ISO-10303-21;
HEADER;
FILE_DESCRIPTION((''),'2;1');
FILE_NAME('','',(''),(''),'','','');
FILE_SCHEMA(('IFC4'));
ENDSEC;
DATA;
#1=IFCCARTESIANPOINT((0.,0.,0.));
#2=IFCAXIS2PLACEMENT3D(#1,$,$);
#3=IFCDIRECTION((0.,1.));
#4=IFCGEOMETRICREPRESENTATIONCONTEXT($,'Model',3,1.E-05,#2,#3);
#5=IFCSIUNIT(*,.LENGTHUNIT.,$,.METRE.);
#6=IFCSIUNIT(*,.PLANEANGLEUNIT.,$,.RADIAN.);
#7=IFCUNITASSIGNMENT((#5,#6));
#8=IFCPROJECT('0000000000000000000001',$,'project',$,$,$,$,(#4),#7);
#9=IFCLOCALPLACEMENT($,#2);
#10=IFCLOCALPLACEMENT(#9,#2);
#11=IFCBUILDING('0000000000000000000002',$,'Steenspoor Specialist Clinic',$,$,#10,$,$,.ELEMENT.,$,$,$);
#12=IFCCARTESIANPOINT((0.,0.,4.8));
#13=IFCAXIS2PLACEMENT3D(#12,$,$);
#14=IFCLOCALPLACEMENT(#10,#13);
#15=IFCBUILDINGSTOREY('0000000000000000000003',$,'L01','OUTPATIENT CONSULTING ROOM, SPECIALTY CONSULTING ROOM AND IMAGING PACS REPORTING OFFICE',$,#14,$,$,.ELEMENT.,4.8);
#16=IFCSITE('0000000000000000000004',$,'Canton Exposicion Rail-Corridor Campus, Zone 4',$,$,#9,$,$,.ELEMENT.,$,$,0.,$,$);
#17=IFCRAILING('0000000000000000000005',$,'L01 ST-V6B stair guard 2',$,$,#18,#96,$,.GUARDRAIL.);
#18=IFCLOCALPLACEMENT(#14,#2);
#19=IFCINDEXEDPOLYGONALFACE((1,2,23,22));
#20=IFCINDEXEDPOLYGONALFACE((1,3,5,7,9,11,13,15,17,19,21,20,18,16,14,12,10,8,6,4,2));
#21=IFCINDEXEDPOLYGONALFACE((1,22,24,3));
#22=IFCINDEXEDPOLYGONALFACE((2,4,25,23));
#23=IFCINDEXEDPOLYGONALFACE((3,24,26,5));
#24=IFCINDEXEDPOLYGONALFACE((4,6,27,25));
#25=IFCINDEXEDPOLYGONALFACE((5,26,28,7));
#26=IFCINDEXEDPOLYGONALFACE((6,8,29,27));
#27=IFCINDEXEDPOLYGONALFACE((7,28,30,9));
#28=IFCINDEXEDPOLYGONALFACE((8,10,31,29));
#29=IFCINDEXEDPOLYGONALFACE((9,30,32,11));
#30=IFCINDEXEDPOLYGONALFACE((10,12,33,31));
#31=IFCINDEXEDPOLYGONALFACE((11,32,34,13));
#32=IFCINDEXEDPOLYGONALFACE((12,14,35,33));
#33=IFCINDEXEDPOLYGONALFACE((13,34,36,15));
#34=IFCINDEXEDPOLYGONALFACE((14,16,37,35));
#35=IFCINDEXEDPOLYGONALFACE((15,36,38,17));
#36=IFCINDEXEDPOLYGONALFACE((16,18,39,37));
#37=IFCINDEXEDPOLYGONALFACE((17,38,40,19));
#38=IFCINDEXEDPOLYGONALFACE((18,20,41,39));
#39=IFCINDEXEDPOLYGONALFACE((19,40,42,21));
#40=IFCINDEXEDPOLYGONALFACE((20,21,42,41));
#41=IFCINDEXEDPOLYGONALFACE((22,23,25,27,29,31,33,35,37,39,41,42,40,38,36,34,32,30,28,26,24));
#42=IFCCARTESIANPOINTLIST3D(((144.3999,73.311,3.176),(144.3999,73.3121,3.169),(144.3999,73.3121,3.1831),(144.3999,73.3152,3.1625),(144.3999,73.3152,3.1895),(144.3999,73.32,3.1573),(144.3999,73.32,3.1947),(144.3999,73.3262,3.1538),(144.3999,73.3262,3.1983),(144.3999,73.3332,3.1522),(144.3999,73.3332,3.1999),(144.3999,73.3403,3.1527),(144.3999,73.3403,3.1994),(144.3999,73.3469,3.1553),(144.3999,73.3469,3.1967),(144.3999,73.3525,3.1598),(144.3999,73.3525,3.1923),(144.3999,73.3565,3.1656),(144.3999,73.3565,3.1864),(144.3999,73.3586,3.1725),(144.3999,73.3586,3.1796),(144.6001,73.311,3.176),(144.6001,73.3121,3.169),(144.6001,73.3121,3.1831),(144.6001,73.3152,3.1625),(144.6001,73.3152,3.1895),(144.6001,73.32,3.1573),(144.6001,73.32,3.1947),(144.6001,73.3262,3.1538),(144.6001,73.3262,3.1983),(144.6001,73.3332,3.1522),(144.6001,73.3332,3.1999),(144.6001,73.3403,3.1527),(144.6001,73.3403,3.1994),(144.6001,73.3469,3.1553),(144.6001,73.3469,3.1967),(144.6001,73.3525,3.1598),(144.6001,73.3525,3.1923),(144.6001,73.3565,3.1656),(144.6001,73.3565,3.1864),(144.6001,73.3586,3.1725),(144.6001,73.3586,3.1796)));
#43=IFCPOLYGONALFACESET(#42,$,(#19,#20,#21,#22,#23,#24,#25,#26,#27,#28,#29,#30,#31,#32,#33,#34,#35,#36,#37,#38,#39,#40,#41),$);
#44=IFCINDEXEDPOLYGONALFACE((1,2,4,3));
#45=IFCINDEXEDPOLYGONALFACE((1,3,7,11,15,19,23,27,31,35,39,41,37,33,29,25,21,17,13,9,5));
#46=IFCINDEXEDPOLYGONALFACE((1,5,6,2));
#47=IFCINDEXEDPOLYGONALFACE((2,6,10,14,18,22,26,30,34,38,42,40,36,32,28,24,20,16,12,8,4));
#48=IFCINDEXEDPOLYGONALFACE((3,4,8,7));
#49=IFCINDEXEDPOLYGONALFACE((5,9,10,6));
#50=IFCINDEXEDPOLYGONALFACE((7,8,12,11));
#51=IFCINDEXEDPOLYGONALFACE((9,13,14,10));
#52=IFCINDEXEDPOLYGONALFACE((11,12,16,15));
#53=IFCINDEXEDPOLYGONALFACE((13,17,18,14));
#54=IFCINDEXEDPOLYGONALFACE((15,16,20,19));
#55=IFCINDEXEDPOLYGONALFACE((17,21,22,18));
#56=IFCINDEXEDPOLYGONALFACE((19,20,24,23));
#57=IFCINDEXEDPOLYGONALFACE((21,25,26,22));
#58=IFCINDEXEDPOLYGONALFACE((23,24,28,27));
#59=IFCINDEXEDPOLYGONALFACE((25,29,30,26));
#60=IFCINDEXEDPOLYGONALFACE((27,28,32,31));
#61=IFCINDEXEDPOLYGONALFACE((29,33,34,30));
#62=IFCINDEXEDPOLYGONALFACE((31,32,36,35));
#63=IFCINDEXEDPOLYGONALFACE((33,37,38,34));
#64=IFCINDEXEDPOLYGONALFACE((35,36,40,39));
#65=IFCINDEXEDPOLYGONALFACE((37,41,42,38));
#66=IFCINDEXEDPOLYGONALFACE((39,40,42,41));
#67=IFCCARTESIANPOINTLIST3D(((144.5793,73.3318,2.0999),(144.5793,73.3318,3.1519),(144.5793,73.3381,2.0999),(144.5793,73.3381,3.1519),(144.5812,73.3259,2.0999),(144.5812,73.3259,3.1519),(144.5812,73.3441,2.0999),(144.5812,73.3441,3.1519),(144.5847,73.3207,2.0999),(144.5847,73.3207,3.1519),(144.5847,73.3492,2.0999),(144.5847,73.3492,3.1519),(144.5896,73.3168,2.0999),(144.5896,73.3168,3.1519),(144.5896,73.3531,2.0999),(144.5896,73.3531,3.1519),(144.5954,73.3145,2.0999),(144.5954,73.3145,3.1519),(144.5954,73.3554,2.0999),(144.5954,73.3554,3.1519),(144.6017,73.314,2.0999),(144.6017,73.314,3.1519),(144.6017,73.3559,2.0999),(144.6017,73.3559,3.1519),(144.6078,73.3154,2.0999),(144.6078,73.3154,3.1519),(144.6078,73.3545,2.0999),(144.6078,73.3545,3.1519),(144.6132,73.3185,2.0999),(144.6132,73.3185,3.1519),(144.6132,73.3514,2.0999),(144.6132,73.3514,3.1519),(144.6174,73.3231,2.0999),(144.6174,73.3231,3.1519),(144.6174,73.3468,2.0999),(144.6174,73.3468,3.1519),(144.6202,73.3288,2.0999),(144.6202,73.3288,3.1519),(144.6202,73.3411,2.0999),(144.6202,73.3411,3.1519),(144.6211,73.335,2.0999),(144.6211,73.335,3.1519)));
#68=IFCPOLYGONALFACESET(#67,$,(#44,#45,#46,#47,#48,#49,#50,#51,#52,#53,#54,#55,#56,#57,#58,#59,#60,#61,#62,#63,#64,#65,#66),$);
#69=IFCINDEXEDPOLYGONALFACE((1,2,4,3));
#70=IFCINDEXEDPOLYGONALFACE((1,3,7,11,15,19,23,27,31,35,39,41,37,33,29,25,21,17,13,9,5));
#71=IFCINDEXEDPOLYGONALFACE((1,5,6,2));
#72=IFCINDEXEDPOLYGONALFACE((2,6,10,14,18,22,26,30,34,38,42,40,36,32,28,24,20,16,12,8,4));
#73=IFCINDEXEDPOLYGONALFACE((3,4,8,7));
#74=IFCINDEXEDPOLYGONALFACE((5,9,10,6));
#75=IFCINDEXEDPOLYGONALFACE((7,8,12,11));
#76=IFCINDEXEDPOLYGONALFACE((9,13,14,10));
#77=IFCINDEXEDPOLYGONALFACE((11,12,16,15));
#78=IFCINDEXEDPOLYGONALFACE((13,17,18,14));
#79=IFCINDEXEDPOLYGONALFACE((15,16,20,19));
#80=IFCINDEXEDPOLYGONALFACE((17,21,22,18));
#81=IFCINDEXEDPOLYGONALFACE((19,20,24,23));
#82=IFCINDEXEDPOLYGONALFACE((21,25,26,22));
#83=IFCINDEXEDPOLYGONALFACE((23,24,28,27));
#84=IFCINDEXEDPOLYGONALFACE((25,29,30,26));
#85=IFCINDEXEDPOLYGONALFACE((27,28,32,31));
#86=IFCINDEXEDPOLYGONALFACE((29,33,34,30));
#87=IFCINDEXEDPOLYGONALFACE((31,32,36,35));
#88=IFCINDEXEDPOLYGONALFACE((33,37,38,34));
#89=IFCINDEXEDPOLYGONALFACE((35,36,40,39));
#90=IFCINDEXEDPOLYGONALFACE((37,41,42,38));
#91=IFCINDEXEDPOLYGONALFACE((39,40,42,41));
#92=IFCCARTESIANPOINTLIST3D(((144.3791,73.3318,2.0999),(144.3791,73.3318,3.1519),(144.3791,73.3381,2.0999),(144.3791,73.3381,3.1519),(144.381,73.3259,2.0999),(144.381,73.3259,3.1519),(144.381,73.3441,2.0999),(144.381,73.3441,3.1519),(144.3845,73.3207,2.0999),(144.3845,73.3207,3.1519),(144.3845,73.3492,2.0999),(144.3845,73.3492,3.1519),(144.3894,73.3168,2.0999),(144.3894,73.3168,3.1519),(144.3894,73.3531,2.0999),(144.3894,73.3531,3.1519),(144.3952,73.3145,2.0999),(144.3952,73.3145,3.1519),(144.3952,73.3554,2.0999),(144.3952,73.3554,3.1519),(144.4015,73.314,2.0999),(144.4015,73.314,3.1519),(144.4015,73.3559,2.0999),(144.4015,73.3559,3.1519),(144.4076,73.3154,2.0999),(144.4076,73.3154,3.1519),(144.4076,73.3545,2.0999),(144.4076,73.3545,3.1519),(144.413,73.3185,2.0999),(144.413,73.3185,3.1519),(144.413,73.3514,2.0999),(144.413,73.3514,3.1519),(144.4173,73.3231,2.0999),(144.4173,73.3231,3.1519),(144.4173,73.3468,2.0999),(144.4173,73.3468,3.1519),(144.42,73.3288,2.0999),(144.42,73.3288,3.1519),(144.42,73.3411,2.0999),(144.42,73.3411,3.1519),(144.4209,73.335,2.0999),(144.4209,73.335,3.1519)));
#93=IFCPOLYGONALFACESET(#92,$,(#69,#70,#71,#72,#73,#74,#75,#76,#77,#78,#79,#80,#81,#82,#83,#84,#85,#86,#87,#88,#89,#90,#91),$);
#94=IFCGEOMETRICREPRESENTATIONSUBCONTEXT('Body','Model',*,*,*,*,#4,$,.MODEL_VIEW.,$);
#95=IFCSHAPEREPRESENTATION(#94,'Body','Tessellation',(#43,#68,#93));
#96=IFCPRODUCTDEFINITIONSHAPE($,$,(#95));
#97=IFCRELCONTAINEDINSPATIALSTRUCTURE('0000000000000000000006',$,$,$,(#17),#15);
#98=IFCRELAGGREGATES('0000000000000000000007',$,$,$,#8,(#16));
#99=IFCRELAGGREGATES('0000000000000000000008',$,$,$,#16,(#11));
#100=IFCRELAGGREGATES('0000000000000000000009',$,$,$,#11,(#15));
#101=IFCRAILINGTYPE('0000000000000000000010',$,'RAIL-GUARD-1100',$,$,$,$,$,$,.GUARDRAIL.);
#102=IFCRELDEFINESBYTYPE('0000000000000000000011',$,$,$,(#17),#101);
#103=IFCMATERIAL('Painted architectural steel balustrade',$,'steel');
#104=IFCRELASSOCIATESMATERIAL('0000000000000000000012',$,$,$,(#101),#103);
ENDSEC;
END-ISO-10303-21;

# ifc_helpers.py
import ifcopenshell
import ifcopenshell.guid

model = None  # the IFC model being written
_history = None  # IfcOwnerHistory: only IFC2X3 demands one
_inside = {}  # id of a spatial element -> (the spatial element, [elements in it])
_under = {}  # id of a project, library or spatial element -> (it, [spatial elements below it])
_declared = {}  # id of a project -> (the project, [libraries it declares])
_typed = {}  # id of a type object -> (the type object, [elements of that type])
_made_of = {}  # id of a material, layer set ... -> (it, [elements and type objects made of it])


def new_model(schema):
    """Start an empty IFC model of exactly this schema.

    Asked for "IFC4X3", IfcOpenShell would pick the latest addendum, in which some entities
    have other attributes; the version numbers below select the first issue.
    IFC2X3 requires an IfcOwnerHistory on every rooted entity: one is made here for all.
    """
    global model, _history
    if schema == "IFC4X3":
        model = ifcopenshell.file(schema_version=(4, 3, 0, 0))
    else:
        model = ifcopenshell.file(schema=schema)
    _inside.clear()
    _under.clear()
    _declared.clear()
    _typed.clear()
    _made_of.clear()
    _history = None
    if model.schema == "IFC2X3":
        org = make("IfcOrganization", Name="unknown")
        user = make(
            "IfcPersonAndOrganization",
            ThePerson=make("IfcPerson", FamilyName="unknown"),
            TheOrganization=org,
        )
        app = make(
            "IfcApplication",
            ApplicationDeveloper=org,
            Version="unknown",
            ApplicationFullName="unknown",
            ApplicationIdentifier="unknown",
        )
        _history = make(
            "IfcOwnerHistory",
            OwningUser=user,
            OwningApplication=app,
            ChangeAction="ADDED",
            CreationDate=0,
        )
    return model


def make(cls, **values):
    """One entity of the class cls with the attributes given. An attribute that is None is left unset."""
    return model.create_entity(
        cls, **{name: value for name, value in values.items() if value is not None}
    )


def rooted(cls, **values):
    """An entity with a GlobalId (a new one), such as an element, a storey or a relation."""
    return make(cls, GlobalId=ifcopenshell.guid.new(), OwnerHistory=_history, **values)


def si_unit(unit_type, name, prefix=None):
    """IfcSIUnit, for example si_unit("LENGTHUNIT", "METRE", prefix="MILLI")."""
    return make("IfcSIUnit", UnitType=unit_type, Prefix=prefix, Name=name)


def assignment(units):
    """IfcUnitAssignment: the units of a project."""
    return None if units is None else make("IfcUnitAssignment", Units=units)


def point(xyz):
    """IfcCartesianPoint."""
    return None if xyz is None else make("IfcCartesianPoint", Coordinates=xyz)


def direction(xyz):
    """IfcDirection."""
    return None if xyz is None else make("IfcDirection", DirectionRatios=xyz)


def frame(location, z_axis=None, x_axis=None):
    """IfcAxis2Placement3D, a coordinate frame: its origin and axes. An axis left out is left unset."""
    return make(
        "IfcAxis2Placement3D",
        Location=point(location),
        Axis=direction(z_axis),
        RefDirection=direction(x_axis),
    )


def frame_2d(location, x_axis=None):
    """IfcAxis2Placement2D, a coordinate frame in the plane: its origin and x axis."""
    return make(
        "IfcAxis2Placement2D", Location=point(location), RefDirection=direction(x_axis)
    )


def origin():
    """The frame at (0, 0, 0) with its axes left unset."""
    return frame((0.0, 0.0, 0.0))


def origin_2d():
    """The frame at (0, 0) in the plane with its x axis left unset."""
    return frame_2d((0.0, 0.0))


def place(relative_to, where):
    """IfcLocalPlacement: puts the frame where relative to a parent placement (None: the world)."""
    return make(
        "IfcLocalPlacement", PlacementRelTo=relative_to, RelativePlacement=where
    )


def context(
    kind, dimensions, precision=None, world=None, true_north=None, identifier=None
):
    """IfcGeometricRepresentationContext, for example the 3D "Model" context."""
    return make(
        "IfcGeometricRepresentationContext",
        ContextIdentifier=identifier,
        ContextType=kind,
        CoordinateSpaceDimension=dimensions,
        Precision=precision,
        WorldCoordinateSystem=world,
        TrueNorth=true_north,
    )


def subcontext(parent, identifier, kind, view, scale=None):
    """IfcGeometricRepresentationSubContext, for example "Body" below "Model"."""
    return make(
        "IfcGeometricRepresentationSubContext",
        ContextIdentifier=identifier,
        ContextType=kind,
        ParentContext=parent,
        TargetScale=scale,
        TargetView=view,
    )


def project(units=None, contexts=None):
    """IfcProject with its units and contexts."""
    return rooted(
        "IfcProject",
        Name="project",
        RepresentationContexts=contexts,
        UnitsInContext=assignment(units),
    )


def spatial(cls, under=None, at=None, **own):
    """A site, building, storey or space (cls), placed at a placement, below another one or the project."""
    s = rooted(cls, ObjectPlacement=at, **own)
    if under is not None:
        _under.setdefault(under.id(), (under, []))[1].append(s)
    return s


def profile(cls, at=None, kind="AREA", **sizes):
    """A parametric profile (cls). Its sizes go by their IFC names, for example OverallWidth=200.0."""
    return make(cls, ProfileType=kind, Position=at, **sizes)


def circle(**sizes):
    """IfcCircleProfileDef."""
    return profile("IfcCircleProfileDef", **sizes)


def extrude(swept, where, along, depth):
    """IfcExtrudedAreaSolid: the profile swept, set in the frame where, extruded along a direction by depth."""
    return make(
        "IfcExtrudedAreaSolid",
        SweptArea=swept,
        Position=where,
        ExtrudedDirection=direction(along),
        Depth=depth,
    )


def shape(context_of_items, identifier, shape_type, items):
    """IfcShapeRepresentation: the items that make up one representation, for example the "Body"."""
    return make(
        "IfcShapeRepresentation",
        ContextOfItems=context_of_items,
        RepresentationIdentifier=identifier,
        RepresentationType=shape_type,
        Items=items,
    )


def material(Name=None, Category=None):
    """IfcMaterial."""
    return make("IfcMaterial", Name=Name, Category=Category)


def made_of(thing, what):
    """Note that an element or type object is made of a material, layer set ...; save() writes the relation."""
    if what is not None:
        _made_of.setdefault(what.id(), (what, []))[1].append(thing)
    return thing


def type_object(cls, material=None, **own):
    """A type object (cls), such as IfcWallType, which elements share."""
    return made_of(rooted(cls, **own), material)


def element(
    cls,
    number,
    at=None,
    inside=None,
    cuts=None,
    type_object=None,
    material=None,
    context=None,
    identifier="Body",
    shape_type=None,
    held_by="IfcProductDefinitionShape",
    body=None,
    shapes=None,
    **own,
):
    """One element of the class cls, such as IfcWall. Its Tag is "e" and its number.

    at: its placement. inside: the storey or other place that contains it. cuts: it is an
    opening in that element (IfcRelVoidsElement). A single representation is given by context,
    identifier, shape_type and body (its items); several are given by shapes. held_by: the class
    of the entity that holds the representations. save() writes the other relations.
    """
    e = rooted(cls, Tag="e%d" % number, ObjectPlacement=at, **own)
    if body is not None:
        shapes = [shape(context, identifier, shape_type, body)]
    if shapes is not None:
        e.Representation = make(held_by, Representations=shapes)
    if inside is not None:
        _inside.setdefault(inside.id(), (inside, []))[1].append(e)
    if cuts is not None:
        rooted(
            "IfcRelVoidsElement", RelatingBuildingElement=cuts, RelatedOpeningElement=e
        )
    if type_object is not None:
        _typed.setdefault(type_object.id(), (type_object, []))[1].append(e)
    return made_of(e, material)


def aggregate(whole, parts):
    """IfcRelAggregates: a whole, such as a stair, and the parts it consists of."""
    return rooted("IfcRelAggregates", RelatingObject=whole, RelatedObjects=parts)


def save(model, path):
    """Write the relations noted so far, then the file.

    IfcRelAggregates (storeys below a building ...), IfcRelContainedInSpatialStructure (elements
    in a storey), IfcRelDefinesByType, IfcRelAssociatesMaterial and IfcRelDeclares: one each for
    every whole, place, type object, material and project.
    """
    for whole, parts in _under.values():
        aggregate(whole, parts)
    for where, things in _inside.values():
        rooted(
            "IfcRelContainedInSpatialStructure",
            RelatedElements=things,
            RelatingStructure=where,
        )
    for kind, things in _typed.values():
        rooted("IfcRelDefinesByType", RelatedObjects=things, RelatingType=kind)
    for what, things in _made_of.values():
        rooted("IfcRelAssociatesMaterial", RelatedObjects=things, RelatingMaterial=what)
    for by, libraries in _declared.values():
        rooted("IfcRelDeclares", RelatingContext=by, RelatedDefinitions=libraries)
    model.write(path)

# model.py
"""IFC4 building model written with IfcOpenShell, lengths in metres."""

from ifc_helpers import new_model, si_unit, direction, frame, origin, origin_2d, place, context, subcontext, project, spatial, circle, extrude, material, type_object, element, save


model = new_model("IFC4")

# Units and contexts
model_context = context("Model", 3, precision=1e-05, world=origin(), true_north=direction((0.0, 1.0)))
body_context = subcontext(model_context, "Body", "Model", "MODEL_VIEW")
ifc_project = project(units=[si_unit("LENGTHUNIT", "METRE"), si_unit("PLANEANGLEUNIT", "RADIAN")], contexts=[model_context])

# Site, building, storey
site_placement = place(None, origin())
site = spatial("IfcSite", under=ifc_project, at=site_placement, Name="Canton Exposicion Rail-Corridor Campus, Zone 4", CompositionType="ELEMENT", RefElevation=0.0)
building_placement = place(site_placement, origin())
building = spatial("IfcBuilding", under=site, at=building_placement, Name="Steenspoor Specialist Clinic", CompositionType="ELEMENT")
storey_placement = place(building_placement, frame((0.0, 0.0, 4.8)))
storey = spatial("IfcBuildingStorey", under=building, at=storey_placement, Name="L01", Description="OUTPATIENT CONSULTING ROOM, SPECIALTY CONSULTING ROOM AND IMAGING PACS REPORTING OFFICE", CompositionType="ELEMENT", Elevation=4.8)

# Railing
ifc_material_1 = material(Name="Painted architectural steel balustrade", Category="steel")
railing_type_1 = type_object("IfcRailingType", Name="RAIL-GUARD-1100", PredefinedType="GUARDRAIL", material=ifc_material_1)
railing_1_placement = place(storey_placement, frame((144.6001, 73.335, 2.0999)))
element("IfcRailing", 1, at=railing_1_placement, inside=storey, type_object=railing_type_1, Name="L01 ST-V6B stair guard 2", PredefinedType="GUARDRAIL", context=body_context, shape_type="SweptSolid", body=[
    extrude(circle(Radius=0.0239, at=origin_2d()), frame((0.0, 0.0, 1.0762), z_axis=(-1.0, 0.0, 0.0), x_axis=(0.0, -1.0, 0.0)), (0.0, 0.0, 1.0), 0.2002),
    extrude(circle(Radius=0.021, at=origin_2d()), origin(), (0.0, 0.0, 1.0), 1.052),
    extrude(circle(Radius=0.021, at=origin_2d()), frame((-0.2002, 0.0, 0.0)), (0.0, 0.0, 1.0), 1.052),
])

save(model, "model.ifc")
